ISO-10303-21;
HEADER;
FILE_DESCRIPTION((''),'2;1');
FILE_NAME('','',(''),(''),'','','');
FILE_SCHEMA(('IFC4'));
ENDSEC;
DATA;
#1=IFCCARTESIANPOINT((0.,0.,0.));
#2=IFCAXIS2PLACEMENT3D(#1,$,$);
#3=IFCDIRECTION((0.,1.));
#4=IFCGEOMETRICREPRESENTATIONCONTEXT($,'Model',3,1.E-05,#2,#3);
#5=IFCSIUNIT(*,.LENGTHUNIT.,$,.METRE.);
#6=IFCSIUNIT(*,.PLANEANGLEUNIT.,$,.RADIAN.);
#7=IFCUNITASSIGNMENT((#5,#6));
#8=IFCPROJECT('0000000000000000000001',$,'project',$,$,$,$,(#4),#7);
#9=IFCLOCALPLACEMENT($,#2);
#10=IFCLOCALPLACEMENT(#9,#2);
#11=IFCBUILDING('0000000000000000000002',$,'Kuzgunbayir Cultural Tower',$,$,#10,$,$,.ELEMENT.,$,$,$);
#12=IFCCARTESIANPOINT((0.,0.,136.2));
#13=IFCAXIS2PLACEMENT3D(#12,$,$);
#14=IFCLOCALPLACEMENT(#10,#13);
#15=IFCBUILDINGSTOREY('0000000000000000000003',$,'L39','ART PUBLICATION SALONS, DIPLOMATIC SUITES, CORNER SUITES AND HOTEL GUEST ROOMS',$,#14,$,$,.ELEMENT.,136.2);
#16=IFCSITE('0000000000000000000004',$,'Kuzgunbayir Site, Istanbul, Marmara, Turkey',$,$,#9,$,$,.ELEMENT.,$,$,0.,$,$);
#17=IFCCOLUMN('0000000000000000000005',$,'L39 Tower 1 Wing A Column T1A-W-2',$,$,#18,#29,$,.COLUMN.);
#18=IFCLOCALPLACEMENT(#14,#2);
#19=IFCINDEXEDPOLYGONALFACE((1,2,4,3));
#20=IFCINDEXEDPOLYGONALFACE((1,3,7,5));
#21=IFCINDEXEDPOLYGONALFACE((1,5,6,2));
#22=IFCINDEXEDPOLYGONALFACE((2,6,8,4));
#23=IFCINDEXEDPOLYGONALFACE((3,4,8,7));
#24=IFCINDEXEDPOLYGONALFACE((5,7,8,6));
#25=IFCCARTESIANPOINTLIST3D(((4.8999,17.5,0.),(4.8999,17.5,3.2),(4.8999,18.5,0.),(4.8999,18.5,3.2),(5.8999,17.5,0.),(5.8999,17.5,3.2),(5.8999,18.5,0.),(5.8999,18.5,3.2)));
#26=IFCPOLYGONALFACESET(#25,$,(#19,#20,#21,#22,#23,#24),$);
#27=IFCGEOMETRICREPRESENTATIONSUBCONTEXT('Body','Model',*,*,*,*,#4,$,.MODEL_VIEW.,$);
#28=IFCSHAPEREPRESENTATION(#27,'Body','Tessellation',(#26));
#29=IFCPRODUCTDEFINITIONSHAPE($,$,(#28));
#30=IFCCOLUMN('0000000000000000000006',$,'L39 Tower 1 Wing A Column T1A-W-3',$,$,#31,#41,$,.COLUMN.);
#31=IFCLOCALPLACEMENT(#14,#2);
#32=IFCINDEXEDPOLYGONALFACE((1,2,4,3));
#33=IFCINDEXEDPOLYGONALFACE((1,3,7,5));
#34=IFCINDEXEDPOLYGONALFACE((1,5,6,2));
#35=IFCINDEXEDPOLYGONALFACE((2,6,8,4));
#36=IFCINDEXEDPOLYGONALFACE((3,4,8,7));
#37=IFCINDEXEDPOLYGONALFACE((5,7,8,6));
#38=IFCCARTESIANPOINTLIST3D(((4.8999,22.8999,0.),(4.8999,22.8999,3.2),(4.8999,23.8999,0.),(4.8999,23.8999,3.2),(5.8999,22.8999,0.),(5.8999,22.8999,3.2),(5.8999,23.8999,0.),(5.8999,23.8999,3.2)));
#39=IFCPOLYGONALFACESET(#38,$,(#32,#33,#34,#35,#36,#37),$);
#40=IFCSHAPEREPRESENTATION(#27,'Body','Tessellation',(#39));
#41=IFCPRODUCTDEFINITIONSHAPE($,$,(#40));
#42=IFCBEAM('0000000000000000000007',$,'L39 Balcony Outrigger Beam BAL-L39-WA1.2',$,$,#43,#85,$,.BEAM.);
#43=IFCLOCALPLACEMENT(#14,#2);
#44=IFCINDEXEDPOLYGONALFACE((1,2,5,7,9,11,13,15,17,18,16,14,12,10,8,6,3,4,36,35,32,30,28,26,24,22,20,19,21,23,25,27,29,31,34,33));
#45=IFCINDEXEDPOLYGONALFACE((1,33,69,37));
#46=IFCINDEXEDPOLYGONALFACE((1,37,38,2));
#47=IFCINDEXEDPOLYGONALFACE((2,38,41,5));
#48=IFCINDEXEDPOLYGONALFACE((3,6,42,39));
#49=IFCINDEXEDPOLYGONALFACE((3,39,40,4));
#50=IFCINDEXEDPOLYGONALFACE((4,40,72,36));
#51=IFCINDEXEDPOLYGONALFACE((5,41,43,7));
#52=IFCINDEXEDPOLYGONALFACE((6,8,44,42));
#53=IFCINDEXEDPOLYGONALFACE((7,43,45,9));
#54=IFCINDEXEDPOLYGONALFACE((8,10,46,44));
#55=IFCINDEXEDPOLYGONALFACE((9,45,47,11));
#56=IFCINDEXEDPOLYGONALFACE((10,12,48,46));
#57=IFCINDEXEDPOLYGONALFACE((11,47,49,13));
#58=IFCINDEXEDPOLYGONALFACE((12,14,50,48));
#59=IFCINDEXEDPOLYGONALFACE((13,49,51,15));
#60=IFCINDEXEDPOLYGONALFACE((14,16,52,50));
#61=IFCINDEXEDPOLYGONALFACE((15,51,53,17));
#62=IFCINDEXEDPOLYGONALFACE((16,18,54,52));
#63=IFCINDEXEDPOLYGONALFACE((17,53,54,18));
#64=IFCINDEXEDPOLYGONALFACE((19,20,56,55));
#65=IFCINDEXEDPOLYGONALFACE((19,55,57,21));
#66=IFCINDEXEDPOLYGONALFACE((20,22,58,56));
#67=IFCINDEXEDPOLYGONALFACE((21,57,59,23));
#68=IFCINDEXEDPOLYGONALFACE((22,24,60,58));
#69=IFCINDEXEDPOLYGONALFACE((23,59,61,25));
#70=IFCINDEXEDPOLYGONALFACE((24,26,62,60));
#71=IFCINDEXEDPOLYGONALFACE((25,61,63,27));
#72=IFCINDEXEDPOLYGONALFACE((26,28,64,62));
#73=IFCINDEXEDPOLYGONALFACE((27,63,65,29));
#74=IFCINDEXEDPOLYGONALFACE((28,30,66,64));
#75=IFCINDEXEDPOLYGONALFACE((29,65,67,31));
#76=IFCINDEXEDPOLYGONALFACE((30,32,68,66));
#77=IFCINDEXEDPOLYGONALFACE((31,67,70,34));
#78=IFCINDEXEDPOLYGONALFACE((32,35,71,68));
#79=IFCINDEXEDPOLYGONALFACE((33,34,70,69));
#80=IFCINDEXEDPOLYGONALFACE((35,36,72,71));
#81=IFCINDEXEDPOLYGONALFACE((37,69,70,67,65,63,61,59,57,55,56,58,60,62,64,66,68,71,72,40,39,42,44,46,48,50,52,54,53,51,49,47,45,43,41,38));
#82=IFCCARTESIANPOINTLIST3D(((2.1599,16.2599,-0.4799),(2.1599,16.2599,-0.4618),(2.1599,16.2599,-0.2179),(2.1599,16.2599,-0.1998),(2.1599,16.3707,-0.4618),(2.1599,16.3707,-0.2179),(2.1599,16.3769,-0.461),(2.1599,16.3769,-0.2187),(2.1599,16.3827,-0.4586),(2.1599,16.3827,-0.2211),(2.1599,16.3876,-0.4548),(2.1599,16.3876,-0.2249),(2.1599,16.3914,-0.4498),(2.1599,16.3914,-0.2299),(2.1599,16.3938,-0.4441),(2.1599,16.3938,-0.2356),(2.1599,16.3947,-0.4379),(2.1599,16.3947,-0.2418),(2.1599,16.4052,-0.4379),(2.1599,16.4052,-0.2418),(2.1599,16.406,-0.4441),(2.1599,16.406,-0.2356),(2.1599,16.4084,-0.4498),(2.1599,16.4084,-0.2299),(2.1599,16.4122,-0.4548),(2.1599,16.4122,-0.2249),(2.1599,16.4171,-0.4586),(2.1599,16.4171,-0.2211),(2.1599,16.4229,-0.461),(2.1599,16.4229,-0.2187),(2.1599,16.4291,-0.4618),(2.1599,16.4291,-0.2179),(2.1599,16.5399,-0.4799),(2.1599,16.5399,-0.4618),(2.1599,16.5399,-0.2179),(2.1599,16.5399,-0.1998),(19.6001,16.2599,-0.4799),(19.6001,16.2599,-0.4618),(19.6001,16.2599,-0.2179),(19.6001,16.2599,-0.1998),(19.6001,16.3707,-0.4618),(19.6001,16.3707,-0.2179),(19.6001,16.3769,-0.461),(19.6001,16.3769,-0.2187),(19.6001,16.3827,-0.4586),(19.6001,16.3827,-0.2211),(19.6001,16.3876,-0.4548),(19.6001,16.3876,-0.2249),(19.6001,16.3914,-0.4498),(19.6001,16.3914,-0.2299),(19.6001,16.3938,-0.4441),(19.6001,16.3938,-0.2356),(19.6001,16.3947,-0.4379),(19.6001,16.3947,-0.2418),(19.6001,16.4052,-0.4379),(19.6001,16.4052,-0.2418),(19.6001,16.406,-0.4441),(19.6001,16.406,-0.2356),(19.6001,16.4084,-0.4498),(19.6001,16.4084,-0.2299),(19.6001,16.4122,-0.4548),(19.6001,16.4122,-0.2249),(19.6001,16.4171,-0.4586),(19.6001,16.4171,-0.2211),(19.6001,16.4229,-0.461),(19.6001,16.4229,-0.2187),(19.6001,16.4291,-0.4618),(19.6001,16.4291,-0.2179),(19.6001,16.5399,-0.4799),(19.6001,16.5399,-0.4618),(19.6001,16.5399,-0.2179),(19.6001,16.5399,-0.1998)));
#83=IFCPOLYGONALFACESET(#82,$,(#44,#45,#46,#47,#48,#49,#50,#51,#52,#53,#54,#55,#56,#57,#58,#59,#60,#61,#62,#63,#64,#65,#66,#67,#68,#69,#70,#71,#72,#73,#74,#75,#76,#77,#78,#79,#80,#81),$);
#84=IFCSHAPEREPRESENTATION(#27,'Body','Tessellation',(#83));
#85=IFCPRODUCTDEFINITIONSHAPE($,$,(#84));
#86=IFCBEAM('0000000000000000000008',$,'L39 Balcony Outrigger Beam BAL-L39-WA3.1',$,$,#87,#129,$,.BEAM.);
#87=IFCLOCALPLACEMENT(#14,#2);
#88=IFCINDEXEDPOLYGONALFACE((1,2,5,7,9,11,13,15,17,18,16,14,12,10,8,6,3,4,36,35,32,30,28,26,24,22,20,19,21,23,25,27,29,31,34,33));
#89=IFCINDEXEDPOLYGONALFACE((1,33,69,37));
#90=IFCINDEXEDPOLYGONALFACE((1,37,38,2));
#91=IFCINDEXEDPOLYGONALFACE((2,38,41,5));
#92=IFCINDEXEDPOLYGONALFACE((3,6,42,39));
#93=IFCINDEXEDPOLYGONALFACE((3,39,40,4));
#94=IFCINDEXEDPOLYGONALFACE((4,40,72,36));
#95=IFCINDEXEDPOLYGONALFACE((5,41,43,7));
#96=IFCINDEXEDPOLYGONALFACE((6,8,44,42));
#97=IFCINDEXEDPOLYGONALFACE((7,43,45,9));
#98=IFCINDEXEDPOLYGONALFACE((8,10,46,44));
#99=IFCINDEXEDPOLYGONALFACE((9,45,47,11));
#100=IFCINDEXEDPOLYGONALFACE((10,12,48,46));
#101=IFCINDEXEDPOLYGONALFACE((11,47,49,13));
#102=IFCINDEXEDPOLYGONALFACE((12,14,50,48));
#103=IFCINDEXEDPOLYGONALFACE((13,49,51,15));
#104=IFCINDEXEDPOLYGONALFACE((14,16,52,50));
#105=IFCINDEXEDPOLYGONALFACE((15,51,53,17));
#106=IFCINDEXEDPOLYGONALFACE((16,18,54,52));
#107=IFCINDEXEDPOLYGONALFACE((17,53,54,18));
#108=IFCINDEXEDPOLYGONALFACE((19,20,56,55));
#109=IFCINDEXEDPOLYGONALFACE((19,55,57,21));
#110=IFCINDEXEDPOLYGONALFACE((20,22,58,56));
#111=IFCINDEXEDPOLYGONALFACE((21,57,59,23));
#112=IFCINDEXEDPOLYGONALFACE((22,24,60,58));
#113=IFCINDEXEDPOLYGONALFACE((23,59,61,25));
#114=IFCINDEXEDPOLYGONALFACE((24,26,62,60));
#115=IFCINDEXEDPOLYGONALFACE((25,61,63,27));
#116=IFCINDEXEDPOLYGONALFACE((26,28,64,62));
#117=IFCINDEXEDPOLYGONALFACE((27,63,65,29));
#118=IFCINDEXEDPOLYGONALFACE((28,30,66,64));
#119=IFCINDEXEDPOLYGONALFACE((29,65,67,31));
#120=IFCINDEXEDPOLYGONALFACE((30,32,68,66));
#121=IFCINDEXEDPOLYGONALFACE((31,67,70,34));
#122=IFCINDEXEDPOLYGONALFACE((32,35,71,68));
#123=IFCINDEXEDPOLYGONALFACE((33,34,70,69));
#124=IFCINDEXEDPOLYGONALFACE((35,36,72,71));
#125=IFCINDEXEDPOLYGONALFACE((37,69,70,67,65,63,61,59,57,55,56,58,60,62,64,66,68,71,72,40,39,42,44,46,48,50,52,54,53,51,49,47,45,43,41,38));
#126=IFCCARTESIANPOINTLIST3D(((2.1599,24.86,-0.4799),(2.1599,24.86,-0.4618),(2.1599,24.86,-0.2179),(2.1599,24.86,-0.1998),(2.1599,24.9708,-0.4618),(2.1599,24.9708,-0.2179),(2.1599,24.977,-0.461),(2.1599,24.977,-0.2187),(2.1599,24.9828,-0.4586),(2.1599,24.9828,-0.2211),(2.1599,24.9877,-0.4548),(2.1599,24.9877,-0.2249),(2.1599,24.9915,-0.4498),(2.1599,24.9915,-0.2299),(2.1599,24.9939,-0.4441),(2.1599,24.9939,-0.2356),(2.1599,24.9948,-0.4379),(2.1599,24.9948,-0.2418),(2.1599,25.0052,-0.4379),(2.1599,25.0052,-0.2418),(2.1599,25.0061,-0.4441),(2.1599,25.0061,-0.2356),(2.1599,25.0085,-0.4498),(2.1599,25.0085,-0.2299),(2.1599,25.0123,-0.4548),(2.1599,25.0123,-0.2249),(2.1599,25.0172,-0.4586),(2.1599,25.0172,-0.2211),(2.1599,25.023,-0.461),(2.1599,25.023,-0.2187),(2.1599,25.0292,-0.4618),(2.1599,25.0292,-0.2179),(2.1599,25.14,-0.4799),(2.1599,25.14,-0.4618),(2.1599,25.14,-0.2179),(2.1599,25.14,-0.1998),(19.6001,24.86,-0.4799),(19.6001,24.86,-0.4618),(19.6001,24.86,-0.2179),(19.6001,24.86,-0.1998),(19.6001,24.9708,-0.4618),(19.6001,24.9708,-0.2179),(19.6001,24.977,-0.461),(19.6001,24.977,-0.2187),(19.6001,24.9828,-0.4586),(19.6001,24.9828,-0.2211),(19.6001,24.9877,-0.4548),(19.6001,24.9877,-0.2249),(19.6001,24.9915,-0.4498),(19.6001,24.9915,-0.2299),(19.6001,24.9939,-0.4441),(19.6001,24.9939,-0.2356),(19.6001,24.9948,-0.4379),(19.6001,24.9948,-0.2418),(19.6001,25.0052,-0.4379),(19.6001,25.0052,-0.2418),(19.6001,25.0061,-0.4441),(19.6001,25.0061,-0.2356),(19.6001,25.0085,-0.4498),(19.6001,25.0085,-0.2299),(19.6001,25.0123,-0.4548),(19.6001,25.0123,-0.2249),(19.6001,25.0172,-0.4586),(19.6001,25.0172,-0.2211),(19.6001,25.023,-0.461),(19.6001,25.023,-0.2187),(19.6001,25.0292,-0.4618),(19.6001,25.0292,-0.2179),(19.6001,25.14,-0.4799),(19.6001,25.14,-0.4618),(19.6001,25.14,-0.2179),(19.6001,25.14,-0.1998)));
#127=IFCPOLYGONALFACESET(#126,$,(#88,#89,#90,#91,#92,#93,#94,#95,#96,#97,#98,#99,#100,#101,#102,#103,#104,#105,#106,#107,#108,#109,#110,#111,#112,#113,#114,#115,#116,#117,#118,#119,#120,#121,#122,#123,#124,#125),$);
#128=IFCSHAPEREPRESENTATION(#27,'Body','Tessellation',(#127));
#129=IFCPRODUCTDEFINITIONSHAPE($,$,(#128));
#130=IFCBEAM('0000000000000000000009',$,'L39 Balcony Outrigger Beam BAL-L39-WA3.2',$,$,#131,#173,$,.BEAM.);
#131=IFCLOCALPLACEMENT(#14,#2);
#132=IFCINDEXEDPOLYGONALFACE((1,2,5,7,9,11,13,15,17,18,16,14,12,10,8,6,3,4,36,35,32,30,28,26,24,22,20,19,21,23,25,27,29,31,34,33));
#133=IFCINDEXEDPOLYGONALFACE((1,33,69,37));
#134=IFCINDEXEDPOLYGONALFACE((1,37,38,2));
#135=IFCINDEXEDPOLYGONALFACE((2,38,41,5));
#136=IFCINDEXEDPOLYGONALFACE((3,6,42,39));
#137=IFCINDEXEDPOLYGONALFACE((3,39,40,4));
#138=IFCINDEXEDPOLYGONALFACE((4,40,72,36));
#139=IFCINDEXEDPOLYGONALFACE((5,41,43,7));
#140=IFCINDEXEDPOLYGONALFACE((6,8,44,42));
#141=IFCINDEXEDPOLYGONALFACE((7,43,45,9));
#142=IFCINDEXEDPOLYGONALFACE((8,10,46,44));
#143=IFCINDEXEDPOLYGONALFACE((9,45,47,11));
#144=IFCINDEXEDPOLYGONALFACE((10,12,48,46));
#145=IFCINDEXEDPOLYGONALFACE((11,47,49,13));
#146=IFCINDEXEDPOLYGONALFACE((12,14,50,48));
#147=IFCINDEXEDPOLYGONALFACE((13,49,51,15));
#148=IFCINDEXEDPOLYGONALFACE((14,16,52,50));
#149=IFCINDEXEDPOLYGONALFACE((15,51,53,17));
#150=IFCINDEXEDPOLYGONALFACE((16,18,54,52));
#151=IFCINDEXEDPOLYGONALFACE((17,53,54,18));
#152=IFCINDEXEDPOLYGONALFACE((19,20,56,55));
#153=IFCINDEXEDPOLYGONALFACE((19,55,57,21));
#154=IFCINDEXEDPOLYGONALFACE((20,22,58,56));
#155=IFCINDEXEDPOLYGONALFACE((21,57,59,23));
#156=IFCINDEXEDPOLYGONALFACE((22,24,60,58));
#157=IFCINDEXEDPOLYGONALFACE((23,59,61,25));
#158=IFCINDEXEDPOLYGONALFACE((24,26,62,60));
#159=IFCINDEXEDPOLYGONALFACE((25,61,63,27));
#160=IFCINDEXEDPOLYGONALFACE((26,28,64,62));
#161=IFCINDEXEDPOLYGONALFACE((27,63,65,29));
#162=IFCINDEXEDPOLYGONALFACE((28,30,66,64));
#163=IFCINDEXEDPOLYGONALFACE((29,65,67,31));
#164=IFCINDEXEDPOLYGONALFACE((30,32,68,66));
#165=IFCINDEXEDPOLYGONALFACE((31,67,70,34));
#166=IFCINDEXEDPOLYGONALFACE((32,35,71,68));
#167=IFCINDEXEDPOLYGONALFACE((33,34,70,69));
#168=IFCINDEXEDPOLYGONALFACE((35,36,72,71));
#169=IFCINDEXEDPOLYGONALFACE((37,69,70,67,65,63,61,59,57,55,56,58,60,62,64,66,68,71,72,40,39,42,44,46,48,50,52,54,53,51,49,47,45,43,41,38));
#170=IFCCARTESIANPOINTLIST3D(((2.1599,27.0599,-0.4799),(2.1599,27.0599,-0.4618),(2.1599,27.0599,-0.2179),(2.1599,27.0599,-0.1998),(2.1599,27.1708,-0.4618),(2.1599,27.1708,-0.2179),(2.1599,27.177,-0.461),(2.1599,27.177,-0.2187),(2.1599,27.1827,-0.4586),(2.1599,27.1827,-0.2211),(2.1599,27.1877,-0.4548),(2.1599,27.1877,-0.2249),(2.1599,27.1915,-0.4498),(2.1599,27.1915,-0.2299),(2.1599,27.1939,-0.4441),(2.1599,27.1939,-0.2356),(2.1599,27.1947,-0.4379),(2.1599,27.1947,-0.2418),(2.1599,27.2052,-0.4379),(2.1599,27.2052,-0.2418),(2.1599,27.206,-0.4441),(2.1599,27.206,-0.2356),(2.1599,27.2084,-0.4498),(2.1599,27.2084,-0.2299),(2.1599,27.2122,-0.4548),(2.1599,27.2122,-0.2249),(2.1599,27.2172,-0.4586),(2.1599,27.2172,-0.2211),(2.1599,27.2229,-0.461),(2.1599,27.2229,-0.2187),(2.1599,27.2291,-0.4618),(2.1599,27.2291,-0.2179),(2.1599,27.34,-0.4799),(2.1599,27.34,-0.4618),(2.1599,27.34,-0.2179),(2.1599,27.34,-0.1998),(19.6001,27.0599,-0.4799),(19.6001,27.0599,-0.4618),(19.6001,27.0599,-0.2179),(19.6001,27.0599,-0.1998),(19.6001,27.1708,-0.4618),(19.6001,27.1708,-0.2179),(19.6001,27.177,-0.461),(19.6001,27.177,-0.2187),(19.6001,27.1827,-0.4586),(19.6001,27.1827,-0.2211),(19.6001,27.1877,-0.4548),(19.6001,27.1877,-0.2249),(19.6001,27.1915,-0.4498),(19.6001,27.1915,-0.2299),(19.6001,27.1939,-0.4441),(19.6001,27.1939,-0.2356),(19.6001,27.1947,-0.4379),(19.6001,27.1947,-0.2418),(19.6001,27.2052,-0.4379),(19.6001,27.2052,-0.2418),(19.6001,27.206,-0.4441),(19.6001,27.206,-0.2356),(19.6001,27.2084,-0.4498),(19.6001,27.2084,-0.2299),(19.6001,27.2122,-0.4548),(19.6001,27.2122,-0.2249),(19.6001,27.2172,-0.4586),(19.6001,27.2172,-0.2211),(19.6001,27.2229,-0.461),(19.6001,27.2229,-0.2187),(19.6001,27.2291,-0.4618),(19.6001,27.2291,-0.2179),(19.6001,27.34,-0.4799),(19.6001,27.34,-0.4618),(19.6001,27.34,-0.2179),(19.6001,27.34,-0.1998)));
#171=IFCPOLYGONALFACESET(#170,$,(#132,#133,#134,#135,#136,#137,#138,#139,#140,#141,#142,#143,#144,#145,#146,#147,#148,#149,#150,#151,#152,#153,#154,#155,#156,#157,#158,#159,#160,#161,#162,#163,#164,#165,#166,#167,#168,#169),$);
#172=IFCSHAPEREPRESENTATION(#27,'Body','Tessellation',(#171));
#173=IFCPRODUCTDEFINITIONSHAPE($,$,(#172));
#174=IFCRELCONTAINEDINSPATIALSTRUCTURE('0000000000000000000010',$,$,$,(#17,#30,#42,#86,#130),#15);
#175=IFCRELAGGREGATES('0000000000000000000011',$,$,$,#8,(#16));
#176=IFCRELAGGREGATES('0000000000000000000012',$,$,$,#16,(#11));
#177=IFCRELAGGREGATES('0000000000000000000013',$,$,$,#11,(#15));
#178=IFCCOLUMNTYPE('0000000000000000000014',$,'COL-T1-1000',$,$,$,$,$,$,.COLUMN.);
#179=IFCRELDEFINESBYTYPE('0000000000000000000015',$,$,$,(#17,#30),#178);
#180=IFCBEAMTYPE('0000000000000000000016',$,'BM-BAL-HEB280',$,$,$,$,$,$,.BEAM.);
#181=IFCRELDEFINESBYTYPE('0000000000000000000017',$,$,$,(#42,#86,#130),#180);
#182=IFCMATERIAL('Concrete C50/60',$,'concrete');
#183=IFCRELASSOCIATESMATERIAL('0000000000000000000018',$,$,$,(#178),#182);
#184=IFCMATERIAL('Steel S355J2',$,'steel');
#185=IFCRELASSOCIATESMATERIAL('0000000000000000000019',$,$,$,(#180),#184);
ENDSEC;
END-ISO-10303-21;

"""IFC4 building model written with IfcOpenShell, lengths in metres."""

from ifc_helpers import new_model, si_unit, direction, frame, origin, origin_2d, place, context, subcontext, project, spatial, rectangle, i_section, extrude, material, material_profile, profile_set, type_object, element, save


model = new_model("IFC4")

# Units and contexts
model_context = context("Model", 3, precision=1e-05, world=origin(), true_north=direction((0.0, 1.0)))
body_context = subcontext(model_context, "Body", "Model", "MODEL_VIEW")
ifc_project = project(units=[si_unit("LENGTHUNIT", "METRE"), si_unit("PLANEANGLEUNIT", "RADIAN")], contexts=[model_context])

# Site, building, storey
site_placement = place(None, origin())
site = spatial("IfcSite", under=ifc_project, at=site_placement, Name="Kuzgunbayir Site, Istanbul, Marmara, Turkey", CompositionType="ELEMENT", RefElevation=0.0)
building_placement = place(site_placement, origin())
building = spatial("IfcBuilding", under=site, at=building_placement, Name="Kuzgunbayir Cultural Tower", CompositionType="ELEMENT")
storey_placement = place(building_placement, frame((0.0, 0.0, 136.2)))
storey = spatial("IfcBuildingStorey", under=building, at=storey_placement, Name="L39", Description="ART PUBLICATION SALONS, DIPLOMATIC SUITES, CORNER SUITES AND HOTEL GUEST ROOMS", CompositionType="ELEMENT", Elevation=136.2)

# Columns
ifc_material_1 = material(Name="Concrete C50/60", Category="concrete")
ifc_material_profile_1 = material_profile(ifc_material_1, rectangle(XDim=1.0, YDim=1.0, at=origin_2d()), Name="RC 1000x1000")
ifc_profile_set_1 = profile_set([ifc_material_profile_1], Name="Concrete C50/60")
column_type = type_object("IfcColumnType", Name="COL-T1-1000", PredefinedType="COLUMN", material=ifc_profile_set_1)
for number, where, z_axis, x_axis, name in (
    (1, (5.3999, 18.0, 0.0), (0.0, 0.0, 1.0), (1.0, 0.0, 0.0), "L39 Tower 1 Wing A Column T1A-W-2"),
    (2, (5.3999, 23.3999, 0.0), (0.0, 0.0, 1.0), (1.0, 0.0, 0.0), "L39 Tower 1 Wing A Column T1A-W-3"),
):
    element("IfcColumn", number, at=place(storey_placement, frame(where, z_axis=z_axis, x_axis=x_axis)), inside=storey, type_object=column_type, Name=name, PredefinedType="COLUMN", context=body_context, shape_type="SweptSolid", body=[
        extrude(rectangle(XDim=1.0, YDim=1.0, at=origin_2d()), origin(), (0.0, 0.0, 1.0), 3.2),
    ])

# Beams
ifc_material_2 = material(Name="Steel S355J2", Category="steel")
ifc_material_profile_2 = material_profile(ifc_material_2, i_section(OverallWidth=0.28, OverallDepth=0.28, WebThickness=0.0105, FlangeThickness=0.0181, FilletRadius=0.0239, at=origin_2d()), Name="HEB 280")
ifc_profile_set_2 = profile_set([ifc_material_profile_2], Name="Steel S355J2")
beam_type_1 = type_object("IfcBeamType", Name="BM-BAL-HEB280", PredefinedType="BEAM", material=ifc_profile_set_2)
for number, where, z_axis, x_axis, name in (
    (3, (2.1599, 16.3999, -0.3398), (1.0, 0.0, 0.0), (0.0, 1.0, 0.0), "L39 Balcony Outrigger Beam BAL-L39-WA1.2"),
    (4, (2.1599, 25.0, -0.3398), (1.0, 0.0, 0.0), (0.0, 1.0, 0.0), "L39 Balcony Outrigger Beam BAL-L39-WA3.1"),
    (5, (2.1599, 27.2, -0.3398), (1.0, 0.0, 0.0), (0.0, 1.0, 0.0), "L39 Balcony Outrigger Beam BAL-L39-WA3.2"),
):
    element("IfcBeam", number, at=place(storey_placement, frame(where, z_axis=z_axis, x_axis=x_axis)), inside=storey, type_object=beam_type_1, Name=name, PredefinedType="BEAM", context=body_context, shape_type="SweptSolid", body=[
        extrude(i_section(OverallWidth=0.28, OverallDepth=0.28, WebThickness=0.0105, FlangeThickness=0.0181, FilletRadius=0.0239, at=origin_2d()), origin(), (0.0, 0.0, 1.0), 17.4402),
    ])

save(model, "model.ifc")
